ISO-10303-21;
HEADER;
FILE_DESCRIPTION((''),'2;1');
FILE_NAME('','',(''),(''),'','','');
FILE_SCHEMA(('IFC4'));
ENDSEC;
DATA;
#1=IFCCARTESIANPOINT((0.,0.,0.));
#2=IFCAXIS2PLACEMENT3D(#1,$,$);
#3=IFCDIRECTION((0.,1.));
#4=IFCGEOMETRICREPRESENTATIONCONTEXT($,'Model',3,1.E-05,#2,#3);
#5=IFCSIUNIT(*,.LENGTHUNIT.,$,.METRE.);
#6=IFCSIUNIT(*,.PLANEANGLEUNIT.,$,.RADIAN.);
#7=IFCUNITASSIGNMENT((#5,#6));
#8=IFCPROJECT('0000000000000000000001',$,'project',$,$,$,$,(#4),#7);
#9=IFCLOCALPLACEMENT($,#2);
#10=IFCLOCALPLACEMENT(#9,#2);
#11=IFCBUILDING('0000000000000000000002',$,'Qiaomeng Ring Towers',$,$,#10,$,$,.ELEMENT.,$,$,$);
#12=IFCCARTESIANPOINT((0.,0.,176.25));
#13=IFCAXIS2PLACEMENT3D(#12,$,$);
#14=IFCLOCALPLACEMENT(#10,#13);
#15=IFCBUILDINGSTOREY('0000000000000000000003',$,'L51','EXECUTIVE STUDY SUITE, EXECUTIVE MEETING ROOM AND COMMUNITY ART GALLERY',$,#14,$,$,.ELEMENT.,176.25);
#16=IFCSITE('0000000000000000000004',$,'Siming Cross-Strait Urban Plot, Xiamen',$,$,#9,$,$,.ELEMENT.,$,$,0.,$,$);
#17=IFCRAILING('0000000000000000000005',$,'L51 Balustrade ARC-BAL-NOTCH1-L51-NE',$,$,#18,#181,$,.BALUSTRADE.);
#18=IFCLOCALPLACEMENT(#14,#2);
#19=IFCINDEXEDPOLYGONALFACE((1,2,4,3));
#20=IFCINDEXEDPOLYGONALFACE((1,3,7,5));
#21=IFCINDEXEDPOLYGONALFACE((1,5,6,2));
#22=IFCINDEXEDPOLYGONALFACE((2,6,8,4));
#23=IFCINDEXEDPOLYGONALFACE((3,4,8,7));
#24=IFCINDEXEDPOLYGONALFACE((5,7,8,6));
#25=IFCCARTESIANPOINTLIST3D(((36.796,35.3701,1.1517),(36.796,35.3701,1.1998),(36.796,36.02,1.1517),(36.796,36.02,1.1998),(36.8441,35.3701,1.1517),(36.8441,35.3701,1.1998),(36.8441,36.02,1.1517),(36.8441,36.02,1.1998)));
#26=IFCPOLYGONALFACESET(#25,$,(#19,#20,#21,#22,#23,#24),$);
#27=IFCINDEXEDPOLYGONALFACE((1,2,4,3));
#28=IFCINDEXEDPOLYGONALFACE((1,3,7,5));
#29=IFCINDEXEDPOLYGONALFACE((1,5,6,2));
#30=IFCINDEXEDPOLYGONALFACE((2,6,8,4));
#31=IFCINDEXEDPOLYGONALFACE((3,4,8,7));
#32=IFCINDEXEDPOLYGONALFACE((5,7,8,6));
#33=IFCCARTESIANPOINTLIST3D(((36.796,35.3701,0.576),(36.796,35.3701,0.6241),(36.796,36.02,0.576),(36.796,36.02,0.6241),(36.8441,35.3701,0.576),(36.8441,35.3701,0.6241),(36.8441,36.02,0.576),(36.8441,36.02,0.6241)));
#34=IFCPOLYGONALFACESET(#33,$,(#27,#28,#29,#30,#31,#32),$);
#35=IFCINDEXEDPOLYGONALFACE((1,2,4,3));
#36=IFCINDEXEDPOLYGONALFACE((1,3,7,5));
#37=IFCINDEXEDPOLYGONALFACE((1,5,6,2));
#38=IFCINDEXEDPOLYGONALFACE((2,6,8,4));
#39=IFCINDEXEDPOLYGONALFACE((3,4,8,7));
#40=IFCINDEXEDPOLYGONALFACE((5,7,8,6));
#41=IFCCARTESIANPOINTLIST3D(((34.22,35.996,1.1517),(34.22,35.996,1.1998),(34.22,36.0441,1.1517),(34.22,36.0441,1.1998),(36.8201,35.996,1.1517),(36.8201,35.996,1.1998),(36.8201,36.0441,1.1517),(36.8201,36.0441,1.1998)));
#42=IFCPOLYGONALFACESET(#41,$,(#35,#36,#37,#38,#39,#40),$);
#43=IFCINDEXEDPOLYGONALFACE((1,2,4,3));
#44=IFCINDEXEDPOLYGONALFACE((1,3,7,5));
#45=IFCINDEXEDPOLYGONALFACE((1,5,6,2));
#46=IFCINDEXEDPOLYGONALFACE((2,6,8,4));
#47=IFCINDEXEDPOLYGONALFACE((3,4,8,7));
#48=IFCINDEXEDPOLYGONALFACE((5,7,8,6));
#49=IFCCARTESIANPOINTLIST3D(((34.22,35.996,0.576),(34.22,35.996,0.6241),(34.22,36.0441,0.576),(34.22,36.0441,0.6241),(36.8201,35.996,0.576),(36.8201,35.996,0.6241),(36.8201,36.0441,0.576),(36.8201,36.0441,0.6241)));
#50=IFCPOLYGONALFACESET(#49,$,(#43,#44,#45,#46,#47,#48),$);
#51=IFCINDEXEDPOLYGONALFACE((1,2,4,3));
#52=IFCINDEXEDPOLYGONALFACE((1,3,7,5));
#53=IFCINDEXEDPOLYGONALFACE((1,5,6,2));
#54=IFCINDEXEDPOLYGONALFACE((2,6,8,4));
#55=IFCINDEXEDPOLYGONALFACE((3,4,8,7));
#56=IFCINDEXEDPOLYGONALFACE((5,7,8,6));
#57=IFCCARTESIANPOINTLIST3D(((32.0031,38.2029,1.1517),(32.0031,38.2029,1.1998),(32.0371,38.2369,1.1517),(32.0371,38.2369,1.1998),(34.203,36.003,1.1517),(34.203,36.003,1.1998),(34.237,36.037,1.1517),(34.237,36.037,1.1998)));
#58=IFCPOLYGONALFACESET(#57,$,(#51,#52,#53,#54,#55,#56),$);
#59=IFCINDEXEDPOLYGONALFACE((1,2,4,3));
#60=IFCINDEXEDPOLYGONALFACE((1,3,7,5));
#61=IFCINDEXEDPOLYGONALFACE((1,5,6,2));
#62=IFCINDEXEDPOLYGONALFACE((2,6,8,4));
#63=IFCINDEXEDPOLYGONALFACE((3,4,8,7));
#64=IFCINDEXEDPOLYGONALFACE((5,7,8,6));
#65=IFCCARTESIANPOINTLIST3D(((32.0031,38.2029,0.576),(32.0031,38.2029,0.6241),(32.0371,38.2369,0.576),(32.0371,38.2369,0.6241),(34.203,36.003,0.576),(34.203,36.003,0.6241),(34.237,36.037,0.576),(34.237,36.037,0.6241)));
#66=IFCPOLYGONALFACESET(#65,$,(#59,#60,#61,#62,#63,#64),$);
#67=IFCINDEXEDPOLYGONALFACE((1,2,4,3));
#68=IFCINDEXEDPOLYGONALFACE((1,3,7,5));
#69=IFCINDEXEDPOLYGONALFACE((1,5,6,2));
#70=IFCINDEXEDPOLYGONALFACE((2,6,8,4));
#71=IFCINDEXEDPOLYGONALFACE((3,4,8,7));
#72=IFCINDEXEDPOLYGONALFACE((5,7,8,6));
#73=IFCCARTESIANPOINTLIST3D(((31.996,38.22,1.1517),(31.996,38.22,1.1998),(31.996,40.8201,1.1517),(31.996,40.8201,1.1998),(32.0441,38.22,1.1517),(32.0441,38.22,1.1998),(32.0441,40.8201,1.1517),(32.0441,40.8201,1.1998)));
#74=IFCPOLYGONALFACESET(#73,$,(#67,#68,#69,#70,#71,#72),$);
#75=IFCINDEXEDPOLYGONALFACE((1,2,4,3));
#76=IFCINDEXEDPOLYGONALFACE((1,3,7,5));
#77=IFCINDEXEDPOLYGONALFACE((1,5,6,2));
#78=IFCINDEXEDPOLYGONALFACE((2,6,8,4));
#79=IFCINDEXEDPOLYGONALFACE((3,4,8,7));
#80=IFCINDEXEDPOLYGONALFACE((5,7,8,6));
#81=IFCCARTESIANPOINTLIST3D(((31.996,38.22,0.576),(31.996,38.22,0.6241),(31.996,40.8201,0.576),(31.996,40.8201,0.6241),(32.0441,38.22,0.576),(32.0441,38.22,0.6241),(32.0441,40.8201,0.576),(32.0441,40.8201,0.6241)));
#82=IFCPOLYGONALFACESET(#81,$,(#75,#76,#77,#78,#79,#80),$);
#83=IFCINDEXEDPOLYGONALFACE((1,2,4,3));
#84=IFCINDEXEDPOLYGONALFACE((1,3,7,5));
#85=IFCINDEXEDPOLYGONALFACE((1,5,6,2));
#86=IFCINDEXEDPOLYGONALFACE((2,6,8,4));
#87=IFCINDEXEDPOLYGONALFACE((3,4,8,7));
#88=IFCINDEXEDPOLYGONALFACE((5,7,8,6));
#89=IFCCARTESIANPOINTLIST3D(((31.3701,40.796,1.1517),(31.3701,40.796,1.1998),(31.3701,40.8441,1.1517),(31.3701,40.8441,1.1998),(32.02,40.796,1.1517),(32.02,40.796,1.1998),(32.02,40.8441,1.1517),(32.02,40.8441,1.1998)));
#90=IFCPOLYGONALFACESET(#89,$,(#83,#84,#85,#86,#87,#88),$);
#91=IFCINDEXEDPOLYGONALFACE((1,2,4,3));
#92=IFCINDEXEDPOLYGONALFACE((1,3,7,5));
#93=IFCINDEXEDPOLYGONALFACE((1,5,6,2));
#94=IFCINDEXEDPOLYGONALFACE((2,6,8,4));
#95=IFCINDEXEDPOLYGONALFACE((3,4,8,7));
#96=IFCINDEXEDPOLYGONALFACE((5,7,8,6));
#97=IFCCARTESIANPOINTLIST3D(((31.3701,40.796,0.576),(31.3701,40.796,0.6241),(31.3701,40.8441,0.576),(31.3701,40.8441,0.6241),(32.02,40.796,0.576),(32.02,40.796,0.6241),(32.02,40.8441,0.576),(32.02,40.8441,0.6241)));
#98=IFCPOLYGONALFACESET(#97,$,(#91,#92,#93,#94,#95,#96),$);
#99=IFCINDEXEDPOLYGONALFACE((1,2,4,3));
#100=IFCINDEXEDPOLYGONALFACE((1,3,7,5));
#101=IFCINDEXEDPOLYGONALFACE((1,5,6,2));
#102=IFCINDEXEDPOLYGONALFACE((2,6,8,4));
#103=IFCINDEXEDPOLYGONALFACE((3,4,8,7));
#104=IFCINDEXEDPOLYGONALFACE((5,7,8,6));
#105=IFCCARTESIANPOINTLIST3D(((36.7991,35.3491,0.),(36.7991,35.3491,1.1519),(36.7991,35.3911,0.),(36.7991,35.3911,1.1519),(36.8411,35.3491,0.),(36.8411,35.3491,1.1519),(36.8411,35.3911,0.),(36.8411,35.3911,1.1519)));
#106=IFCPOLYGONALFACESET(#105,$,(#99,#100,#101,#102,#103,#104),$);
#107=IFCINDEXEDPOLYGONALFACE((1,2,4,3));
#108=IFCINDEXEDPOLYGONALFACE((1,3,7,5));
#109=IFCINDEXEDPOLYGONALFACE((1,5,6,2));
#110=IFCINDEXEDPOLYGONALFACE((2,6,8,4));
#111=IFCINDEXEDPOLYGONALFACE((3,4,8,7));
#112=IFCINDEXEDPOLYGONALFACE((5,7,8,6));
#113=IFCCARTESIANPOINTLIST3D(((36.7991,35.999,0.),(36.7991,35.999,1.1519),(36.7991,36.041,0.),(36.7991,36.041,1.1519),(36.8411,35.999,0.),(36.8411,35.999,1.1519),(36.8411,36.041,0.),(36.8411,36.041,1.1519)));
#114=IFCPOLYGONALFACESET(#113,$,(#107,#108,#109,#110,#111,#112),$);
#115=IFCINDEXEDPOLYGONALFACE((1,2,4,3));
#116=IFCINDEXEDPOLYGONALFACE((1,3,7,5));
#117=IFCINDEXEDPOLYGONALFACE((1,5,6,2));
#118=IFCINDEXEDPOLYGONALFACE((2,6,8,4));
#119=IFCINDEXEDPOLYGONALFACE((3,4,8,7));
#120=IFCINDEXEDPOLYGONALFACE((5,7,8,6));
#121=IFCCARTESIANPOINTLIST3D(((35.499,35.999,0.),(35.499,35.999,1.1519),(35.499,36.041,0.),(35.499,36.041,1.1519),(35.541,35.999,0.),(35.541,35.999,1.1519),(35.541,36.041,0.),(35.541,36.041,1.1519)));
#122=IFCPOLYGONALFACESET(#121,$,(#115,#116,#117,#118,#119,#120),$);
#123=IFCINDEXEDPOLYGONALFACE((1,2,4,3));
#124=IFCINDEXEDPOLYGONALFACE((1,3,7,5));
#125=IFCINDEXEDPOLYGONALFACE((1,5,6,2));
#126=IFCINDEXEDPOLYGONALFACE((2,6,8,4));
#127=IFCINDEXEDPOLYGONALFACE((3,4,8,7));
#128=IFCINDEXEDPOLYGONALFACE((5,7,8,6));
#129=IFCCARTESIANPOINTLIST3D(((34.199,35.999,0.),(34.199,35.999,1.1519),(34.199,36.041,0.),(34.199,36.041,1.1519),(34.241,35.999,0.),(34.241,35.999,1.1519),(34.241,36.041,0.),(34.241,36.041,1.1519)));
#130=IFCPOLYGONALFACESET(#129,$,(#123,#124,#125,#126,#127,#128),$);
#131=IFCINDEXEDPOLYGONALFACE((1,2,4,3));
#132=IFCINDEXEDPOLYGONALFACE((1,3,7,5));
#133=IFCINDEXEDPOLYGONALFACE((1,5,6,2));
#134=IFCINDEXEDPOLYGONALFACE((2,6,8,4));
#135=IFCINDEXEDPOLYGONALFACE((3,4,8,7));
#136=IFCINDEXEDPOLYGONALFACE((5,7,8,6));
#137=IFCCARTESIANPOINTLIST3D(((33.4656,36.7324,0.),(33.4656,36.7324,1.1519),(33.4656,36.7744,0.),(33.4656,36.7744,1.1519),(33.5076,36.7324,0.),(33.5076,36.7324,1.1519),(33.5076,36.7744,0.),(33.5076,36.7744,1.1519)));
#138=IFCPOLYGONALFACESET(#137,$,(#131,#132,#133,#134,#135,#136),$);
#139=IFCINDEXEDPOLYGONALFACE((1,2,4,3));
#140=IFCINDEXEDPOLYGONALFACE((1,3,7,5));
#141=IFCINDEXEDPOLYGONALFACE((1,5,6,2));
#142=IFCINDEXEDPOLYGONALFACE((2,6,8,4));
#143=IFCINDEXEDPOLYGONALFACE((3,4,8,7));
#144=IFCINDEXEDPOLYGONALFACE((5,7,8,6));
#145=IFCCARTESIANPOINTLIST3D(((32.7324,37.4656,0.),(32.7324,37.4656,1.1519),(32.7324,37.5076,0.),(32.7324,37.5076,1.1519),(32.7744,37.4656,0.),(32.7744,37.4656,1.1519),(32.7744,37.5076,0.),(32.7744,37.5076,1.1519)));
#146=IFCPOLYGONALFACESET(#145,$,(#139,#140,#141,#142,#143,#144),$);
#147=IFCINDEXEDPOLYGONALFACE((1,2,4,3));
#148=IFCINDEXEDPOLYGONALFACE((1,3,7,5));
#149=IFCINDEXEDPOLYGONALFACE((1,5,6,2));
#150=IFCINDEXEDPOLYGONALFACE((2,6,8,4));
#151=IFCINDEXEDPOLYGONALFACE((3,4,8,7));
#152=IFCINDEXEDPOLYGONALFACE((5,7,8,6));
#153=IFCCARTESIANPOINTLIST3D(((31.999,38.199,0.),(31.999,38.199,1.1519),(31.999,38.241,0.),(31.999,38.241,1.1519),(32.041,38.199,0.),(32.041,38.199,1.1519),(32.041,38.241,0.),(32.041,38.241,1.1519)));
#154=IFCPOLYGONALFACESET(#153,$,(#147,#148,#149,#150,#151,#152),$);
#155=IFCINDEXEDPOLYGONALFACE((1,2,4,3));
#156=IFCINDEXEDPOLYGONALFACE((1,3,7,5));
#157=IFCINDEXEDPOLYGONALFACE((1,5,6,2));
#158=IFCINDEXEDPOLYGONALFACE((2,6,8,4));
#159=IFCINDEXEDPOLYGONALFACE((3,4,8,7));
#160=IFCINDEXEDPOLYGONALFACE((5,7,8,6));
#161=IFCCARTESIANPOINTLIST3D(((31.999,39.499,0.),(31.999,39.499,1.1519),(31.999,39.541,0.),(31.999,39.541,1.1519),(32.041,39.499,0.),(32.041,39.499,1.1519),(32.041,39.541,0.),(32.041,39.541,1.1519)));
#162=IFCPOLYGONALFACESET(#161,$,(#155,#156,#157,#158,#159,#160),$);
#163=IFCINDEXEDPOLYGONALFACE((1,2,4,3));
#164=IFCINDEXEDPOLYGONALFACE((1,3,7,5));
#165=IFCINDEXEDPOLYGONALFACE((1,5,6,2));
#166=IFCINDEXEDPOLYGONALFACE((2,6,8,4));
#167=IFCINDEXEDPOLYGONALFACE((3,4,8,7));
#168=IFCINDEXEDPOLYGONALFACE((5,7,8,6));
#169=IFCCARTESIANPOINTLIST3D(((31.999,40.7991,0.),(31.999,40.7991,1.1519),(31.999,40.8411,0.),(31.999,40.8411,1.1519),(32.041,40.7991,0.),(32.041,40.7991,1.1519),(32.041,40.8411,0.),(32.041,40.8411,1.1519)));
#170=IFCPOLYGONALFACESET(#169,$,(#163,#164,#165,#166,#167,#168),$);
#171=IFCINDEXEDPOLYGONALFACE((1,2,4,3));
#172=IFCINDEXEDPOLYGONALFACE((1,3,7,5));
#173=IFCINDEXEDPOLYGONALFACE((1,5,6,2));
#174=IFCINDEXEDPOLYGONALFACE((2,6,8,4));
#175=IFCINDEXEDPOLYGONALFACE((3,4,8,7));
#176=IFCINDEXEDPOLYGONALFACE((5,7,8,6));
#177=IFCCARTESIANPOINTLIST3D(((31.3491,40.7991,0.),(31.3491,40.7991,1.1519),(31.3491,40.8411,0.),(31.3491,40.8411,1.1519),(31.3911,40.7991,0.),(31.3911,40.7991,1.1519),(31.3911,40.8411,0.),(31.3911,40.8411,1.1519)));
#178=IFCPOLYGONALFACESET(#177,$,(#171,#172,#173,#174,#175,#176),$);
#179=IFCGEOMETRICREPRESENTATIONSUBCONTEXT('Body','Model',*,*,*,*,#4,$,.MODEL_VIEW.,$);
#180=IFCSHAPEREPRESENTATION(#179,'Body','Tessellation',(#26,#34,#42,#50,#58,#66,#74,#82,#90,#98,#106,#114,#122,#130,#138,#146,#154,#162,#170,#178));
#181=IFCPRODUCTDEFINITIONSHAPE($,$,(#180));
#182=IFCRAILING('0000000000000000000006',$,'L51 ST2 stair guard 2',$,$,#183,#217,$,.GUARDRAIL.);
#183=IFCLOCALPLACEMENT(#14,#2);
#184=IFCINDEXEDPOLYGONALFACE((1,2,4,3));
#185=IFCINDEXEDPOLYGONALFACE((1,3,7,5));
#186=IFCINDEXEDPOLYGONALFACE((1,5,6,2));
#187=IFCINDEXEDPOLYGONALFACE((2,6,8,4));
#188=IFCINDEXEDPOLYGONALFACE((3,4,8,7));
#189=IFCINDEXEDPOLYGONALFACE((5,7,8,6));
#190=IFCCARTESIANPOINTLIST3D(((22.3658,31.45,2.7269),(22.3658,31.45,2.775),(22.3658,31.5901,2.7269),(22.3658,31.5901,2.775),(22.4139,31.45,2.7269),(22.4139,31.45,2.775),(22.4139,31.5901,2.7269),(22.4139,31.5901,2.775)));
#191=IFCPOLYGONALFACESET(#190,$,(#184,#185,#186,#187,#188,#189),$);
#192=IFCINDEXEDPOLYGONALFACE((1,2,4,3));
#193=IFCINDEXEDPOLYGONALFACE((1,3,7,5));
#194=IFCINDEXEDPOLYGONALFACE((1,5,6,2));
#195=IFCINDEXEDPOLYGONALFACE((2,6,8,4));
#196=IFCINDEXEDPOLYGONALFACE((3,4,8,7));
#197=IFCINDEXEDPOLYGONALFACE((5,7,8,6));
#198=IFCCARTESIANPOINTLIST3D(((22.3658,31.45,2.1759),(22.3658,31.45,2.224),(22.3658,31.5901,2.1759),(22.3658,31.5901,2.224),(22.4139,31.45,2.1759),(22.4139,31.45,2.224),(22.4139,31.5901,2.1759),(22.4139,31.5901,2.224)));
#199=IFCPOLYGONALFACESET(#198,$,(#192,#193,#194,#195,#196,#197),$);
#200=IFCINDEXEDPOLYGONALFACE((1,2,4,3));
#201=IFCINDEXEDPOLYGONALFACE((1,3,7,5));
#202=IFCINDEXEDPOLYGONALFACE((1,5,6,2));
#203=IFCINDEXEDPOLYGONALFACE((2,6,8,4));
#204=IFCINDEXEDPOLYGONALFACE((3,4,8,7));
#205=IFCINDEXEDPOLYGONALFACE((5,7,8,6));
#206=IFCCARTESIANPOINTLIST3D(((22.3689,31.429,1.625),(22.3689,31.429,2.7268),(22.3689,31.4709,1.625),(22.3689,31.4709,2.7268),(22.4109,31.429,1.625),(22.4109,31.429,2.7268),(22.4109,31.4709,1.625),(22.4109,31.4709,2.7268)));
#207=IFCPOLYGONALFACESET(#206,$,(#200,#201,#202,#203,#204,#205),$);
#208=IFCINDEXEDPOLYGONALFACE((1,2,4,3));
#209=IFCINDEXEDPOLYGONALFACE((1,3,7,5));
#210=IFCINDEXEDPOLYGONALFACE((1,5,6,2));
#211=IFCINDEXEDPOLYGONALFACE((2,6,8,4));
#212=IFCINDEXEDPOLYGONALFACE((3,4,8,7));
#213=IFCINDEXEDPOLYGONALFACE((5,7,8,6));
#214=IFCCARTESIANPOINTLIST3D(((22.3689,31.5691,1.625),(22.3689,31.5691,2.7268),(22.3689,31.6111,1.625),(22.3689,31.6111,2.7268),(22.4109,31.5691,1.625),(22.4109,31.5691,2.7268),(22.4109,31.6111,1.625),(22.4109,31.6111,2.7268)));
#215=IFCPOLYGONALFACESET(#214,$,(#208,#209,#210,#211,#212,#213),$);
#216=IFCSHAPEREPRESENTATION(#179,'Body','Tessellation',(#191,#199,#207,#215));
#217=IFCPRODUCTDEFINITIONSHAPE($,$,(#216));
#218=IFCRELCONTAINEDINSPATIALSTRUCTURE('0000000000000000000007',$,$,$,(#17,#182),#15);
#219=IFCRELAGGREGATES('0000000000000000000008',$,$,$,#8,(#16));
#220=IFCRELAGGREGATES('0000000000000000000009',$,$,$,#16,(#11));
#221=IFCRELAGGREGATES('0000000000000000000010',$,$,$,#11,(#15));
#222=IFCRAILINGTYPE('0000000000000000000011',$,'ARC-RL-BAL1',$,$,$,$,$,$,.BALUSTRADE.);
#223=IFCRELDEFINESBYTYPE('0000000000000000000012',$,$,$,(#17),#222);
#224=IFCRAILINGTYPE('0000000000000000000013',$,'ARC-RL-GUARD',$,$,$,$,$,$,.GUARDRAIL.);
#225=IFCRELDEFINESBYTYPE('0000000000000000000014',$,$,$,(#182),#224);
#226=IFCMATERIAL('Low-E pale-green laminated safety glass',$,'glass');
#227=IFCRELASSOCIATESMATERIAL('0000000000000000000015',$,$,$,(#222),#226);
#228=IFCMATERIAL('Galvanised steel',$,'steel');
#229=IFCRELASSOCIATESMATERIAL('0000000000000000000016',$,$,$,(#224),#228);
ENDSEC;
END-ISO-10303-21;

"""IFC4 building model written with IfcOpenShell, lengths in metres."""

from ifc_helpers import new_model, si_unit, direction, frame, origin, origin_2d, place, context, subcontext, project, spatial, rectangle, extrude, material, type_object, element, save


model = new_model("IFC4")

# Units and contexts
model_context = context("Model", 3, precision=1e-05, world=origin(), true_north=direction((0.0, 1.0)))
body_context = subcontext(model_context, "Body", "Model", "MODEL_VIEW")
ifc_project = project(units=[si_unit("LENGTHUNIT", "METRE"), si_unit("PLANEANGLEUNIT", "RADIAN")], contexts=[model_context])

# Site, building, storey
site_placement = place(None, origin())
site = spatial("IfcSite", under=ifc_project, at=site_placement, Name="Siming Cross-Strait Urban Plot, Xiamen", CompositionType="ELEMENT", RefElevation=0.0)
building_placement = place(site_placement, origin())
building = spatial("IfcBuilding", under=site, at=building_placement, Name="Qiaomeng Ring Towers", CompositionType="ELEMENT")
storey_placement = place(building_placement, frame((0.0, 0.0, 176.25)))
storey = spatial("IfcBuildingStorey", under=building, at=storey_placement, Name="L51", Description="EXECUTIVE STUDY SUITE, EXECUTIVE MEETING ROOM AND COMMUNITY ART GALLERY", CompositionType="ELEMENT", Elevation=176.25)

# Shared definitions
ifc_material_1 = material(Name="Galvanised steel", Category="steel")

# Railings
ifc_material_2 = material(Name="Low-E pale-green laminated safety glass", Category="glass")
railing_type_1 = type_object("IfcRailingType", Name="ARC-RL-BAL1", PredefinedType="BALUSTRADE", material=ifc_material_2)
railing_1_placement = place(storey_placement, frame((36.8201, 35.3701, 0.0)))
element("IfcRailing", 1, at=railing_1_placement, inside=storey, type_object=railing_type_1, Name="L51 Balustrade ARC-BAL-NOTCH1-L51-NE", PredefinedType="BALUSTRADE", context=body_context, shape_type="SweptSolid", body=[
    extrude(rectangle(XDim=0.0481, YDim=0.0481, at=origin_2d()), frame((0.0, 0.0, 1.1758), z_axis=(0.0, 1.0, 0.0), x_axis=(-1.0, 0.0, 0.0)), (0.0, 0.0, 1.0), 0.6499),
    extrude(rectangle(XDim=0.0481, YDim=0.0481, at=origin_2d()), frame((0.0, 0.0, 0.6001), z_axis=(0.0, 1.0, 0.0), x_axis=(-1.0, 0.0, 0.0)), (0.0, 0.0, 1.0), 0.6499),
    extrude(rectangle(XDim=0.0481, YDim=0.0481, at=origin_2d()), frame((0.0, 0.6499, 1.1758), z_axis=(-1.0, 0.0, 0.0), x_axis=(0.0, -1.0, 0.0)), (0.0, 0.0, 1.0), 2.6001),
    extrude(rectangle(XDim=0.0481, YDim=0.0481, at=origin_2d()), frame((0.0, 0.6499, 0.6001), z_axis=(-1.0, 0.0, 0.0), x_axis=(0.0, -1.0, 0.0)), (0.0, 0.0, 1.0), 2.6001),
    extrude(rectangle(XDim=0.0481, YDim=0.0481, at=origin_2d()), frame((-2.6001, 0.6499, 1.1758), z_axis=(-0.707107, 0.707107, 0.0), x_axis=(-0.707107, -0.707107, 0.0)), (0.0, 0.0, 1.0), 3.1111),
    extrude(rectangle(XDim=0.0481, YDim=0.0481, at=origin_2d()), frame((-2.6001, 0.6499, 0.6001), z_axis=(-0.707107, 0.707107, 0.0), x_axis=(-0.707107, -0.707107, 0.0)), (0.0, 0.0, 1.0), 3.1111),
    extrude(rectangle(XDim=0.0481, YDim=0.0481, at=origin_2d()), frame((-4.8, 2.8499, 1.1758), z_axis=(0.0, 1.0, 0.0), x_axis=(-1.0, 0.0, 0.0)), (0.0, 0.0, 1.0), 2.6001),
    extrude(rectangle(XDim=0.0481, YDim=0.0481, at=origin_2d()), frame((-4.8, 2.8499, 0.6001), z_axis=(0.0, 1.0, 0.0), x_axis=(-1.0, 0.0, 0.0)), (0.0, 0.0, 1.0), 2.6001),
    extrude(rectangle(XDim=0.0481, YDim=0.0481, at=origin_2d()), frame((-4.8, 5.45, 1.1758), z_axis=(-1.0, 0.0, 0.0), x_axis=(0.0, -1.0, 0.0)), (0.0, 0.0, 1.0), 0.6499),
    extrude(rectangle(XDim=0.0481, YDim=0.0481, at=origin_2d()), frame((-4.8, 5.45, 0.6001), z_axis=(-1.0, 0.0, 0.0), x_axis=(0.0, -1.0, 0.0)), (0.0, 0.0, 1.0), 0.6499),
    extrude(rectangle(XDim=0.042, YDim=0.042, at=origin_2d()), origin(), (0.0, 0.0, 1.0), 1.1519),
    extrude(rectangle(XDim=0.042, YDim=0.042, at=origin_2d()), frame((0.0, 0.6499, 0.0)), (0.0, 0.0, 1.0), 1.1519),
    extrude(rectangle(XDim=0.042, YDim=0.042, at=origin_2d()), frame((-1.3, 0.6499, 0.0)), (0.0, 0.0, 1.0), 1.1519),
    extrude(rectangle(XDim=0.042, YDim=0.042, at=origin_2d()), frame((-2.6001, 0.6499, 0.0)), (0.0, 0.0, 1.0), 1.1519),
    extrude(rectangle(XDim=0.042, YDim=0.042, at=origin_2d()), frame((-3.3335, 1.3833, 0.0)), (0.0, 0.0, 1.0), 1.1519),
    extrude(rectangle(XDim=0.042, YDim=0.042, at=origin_2d()), frame((-4.0667, 2.1165, 0.0)), (0.0, 0.0, 1.0), 1.1519),
    extrude(rectangle(XDim=0.042, YDim=0.042, at=origin_2d()), frame((-4.8, 2.8499, 0.0)), (0.0, 0.0, 1.0), 1.1519),
    extrude(rectangle(XDim=0.042, YDim=0.042, at=origin_2d()), frame((-4.8, 4.1499, 0.0)), (0.0, 0.0, 1.0), 1.1519),
    extrude(rectangle(XDim=0.042, YDim=0.042, at=origin_2d()), frame((-4.8, 5.45, 0.0)), (0.0, 0.0, 1.0), 1.1519),
    extrude(rectangle(XDim=0.042, YDim=0.042, at=origin_2d()), frame((-5.45, 5.45, 0.0)), (0.0, 0.0, 1.0), 1.1519),
])
railing_type_2 = type_object("IfcRailingType", Name="ARC-RL-GUARD", PredefinedType="GUARDRAIL", material=ifc_material_1)
railing_2_placement = place(storey_placement, frame((22.3899, 31.45, 1.625)))
element("IfcRailing", 2, at=railing_2_placement, inside=storey, type_object=railing_type_2, Name="L51 ST2 stair guard 2", PredefinedType="GUARDRAIL", context=body_context, shape_type="SweptSolid", body=[
    extrude(rectangle(XDim=0.0481, YDim=0.0481, at=origin_2d()), frame((0.0, 0.0, 1.126), z_axis=(0.0, 1.0, 0.0), x_axis=(-1.0, 0.0, 0.0)), (0.0, 0.0, 1.0), 0.1401),
    extrude(rectangle(XDim=0.0481, YDim=0.0481, at=origin_2d()), frame((0.0, 0.0, 0.575), z_axis=(0.0, 1.0, 0.0), x_axis=(-1.0, 0.0, 0.0)), (0.0, 0.0, 1.0), 0.1401),
    extrude(rectangle(XDim=0.042, YDim=0.042, at=origin_2d()), origin(), (0.0, 0.0, 1.0), 1.1018),
    extrude(rectangle(XDim=0.042, YDim=0.042, at=origin_2d()), frame((0.0, 0.1401, 0.0)), (0.0, 0.0, 1.0), 1.1018),
])

save(model, "model.ifc")
